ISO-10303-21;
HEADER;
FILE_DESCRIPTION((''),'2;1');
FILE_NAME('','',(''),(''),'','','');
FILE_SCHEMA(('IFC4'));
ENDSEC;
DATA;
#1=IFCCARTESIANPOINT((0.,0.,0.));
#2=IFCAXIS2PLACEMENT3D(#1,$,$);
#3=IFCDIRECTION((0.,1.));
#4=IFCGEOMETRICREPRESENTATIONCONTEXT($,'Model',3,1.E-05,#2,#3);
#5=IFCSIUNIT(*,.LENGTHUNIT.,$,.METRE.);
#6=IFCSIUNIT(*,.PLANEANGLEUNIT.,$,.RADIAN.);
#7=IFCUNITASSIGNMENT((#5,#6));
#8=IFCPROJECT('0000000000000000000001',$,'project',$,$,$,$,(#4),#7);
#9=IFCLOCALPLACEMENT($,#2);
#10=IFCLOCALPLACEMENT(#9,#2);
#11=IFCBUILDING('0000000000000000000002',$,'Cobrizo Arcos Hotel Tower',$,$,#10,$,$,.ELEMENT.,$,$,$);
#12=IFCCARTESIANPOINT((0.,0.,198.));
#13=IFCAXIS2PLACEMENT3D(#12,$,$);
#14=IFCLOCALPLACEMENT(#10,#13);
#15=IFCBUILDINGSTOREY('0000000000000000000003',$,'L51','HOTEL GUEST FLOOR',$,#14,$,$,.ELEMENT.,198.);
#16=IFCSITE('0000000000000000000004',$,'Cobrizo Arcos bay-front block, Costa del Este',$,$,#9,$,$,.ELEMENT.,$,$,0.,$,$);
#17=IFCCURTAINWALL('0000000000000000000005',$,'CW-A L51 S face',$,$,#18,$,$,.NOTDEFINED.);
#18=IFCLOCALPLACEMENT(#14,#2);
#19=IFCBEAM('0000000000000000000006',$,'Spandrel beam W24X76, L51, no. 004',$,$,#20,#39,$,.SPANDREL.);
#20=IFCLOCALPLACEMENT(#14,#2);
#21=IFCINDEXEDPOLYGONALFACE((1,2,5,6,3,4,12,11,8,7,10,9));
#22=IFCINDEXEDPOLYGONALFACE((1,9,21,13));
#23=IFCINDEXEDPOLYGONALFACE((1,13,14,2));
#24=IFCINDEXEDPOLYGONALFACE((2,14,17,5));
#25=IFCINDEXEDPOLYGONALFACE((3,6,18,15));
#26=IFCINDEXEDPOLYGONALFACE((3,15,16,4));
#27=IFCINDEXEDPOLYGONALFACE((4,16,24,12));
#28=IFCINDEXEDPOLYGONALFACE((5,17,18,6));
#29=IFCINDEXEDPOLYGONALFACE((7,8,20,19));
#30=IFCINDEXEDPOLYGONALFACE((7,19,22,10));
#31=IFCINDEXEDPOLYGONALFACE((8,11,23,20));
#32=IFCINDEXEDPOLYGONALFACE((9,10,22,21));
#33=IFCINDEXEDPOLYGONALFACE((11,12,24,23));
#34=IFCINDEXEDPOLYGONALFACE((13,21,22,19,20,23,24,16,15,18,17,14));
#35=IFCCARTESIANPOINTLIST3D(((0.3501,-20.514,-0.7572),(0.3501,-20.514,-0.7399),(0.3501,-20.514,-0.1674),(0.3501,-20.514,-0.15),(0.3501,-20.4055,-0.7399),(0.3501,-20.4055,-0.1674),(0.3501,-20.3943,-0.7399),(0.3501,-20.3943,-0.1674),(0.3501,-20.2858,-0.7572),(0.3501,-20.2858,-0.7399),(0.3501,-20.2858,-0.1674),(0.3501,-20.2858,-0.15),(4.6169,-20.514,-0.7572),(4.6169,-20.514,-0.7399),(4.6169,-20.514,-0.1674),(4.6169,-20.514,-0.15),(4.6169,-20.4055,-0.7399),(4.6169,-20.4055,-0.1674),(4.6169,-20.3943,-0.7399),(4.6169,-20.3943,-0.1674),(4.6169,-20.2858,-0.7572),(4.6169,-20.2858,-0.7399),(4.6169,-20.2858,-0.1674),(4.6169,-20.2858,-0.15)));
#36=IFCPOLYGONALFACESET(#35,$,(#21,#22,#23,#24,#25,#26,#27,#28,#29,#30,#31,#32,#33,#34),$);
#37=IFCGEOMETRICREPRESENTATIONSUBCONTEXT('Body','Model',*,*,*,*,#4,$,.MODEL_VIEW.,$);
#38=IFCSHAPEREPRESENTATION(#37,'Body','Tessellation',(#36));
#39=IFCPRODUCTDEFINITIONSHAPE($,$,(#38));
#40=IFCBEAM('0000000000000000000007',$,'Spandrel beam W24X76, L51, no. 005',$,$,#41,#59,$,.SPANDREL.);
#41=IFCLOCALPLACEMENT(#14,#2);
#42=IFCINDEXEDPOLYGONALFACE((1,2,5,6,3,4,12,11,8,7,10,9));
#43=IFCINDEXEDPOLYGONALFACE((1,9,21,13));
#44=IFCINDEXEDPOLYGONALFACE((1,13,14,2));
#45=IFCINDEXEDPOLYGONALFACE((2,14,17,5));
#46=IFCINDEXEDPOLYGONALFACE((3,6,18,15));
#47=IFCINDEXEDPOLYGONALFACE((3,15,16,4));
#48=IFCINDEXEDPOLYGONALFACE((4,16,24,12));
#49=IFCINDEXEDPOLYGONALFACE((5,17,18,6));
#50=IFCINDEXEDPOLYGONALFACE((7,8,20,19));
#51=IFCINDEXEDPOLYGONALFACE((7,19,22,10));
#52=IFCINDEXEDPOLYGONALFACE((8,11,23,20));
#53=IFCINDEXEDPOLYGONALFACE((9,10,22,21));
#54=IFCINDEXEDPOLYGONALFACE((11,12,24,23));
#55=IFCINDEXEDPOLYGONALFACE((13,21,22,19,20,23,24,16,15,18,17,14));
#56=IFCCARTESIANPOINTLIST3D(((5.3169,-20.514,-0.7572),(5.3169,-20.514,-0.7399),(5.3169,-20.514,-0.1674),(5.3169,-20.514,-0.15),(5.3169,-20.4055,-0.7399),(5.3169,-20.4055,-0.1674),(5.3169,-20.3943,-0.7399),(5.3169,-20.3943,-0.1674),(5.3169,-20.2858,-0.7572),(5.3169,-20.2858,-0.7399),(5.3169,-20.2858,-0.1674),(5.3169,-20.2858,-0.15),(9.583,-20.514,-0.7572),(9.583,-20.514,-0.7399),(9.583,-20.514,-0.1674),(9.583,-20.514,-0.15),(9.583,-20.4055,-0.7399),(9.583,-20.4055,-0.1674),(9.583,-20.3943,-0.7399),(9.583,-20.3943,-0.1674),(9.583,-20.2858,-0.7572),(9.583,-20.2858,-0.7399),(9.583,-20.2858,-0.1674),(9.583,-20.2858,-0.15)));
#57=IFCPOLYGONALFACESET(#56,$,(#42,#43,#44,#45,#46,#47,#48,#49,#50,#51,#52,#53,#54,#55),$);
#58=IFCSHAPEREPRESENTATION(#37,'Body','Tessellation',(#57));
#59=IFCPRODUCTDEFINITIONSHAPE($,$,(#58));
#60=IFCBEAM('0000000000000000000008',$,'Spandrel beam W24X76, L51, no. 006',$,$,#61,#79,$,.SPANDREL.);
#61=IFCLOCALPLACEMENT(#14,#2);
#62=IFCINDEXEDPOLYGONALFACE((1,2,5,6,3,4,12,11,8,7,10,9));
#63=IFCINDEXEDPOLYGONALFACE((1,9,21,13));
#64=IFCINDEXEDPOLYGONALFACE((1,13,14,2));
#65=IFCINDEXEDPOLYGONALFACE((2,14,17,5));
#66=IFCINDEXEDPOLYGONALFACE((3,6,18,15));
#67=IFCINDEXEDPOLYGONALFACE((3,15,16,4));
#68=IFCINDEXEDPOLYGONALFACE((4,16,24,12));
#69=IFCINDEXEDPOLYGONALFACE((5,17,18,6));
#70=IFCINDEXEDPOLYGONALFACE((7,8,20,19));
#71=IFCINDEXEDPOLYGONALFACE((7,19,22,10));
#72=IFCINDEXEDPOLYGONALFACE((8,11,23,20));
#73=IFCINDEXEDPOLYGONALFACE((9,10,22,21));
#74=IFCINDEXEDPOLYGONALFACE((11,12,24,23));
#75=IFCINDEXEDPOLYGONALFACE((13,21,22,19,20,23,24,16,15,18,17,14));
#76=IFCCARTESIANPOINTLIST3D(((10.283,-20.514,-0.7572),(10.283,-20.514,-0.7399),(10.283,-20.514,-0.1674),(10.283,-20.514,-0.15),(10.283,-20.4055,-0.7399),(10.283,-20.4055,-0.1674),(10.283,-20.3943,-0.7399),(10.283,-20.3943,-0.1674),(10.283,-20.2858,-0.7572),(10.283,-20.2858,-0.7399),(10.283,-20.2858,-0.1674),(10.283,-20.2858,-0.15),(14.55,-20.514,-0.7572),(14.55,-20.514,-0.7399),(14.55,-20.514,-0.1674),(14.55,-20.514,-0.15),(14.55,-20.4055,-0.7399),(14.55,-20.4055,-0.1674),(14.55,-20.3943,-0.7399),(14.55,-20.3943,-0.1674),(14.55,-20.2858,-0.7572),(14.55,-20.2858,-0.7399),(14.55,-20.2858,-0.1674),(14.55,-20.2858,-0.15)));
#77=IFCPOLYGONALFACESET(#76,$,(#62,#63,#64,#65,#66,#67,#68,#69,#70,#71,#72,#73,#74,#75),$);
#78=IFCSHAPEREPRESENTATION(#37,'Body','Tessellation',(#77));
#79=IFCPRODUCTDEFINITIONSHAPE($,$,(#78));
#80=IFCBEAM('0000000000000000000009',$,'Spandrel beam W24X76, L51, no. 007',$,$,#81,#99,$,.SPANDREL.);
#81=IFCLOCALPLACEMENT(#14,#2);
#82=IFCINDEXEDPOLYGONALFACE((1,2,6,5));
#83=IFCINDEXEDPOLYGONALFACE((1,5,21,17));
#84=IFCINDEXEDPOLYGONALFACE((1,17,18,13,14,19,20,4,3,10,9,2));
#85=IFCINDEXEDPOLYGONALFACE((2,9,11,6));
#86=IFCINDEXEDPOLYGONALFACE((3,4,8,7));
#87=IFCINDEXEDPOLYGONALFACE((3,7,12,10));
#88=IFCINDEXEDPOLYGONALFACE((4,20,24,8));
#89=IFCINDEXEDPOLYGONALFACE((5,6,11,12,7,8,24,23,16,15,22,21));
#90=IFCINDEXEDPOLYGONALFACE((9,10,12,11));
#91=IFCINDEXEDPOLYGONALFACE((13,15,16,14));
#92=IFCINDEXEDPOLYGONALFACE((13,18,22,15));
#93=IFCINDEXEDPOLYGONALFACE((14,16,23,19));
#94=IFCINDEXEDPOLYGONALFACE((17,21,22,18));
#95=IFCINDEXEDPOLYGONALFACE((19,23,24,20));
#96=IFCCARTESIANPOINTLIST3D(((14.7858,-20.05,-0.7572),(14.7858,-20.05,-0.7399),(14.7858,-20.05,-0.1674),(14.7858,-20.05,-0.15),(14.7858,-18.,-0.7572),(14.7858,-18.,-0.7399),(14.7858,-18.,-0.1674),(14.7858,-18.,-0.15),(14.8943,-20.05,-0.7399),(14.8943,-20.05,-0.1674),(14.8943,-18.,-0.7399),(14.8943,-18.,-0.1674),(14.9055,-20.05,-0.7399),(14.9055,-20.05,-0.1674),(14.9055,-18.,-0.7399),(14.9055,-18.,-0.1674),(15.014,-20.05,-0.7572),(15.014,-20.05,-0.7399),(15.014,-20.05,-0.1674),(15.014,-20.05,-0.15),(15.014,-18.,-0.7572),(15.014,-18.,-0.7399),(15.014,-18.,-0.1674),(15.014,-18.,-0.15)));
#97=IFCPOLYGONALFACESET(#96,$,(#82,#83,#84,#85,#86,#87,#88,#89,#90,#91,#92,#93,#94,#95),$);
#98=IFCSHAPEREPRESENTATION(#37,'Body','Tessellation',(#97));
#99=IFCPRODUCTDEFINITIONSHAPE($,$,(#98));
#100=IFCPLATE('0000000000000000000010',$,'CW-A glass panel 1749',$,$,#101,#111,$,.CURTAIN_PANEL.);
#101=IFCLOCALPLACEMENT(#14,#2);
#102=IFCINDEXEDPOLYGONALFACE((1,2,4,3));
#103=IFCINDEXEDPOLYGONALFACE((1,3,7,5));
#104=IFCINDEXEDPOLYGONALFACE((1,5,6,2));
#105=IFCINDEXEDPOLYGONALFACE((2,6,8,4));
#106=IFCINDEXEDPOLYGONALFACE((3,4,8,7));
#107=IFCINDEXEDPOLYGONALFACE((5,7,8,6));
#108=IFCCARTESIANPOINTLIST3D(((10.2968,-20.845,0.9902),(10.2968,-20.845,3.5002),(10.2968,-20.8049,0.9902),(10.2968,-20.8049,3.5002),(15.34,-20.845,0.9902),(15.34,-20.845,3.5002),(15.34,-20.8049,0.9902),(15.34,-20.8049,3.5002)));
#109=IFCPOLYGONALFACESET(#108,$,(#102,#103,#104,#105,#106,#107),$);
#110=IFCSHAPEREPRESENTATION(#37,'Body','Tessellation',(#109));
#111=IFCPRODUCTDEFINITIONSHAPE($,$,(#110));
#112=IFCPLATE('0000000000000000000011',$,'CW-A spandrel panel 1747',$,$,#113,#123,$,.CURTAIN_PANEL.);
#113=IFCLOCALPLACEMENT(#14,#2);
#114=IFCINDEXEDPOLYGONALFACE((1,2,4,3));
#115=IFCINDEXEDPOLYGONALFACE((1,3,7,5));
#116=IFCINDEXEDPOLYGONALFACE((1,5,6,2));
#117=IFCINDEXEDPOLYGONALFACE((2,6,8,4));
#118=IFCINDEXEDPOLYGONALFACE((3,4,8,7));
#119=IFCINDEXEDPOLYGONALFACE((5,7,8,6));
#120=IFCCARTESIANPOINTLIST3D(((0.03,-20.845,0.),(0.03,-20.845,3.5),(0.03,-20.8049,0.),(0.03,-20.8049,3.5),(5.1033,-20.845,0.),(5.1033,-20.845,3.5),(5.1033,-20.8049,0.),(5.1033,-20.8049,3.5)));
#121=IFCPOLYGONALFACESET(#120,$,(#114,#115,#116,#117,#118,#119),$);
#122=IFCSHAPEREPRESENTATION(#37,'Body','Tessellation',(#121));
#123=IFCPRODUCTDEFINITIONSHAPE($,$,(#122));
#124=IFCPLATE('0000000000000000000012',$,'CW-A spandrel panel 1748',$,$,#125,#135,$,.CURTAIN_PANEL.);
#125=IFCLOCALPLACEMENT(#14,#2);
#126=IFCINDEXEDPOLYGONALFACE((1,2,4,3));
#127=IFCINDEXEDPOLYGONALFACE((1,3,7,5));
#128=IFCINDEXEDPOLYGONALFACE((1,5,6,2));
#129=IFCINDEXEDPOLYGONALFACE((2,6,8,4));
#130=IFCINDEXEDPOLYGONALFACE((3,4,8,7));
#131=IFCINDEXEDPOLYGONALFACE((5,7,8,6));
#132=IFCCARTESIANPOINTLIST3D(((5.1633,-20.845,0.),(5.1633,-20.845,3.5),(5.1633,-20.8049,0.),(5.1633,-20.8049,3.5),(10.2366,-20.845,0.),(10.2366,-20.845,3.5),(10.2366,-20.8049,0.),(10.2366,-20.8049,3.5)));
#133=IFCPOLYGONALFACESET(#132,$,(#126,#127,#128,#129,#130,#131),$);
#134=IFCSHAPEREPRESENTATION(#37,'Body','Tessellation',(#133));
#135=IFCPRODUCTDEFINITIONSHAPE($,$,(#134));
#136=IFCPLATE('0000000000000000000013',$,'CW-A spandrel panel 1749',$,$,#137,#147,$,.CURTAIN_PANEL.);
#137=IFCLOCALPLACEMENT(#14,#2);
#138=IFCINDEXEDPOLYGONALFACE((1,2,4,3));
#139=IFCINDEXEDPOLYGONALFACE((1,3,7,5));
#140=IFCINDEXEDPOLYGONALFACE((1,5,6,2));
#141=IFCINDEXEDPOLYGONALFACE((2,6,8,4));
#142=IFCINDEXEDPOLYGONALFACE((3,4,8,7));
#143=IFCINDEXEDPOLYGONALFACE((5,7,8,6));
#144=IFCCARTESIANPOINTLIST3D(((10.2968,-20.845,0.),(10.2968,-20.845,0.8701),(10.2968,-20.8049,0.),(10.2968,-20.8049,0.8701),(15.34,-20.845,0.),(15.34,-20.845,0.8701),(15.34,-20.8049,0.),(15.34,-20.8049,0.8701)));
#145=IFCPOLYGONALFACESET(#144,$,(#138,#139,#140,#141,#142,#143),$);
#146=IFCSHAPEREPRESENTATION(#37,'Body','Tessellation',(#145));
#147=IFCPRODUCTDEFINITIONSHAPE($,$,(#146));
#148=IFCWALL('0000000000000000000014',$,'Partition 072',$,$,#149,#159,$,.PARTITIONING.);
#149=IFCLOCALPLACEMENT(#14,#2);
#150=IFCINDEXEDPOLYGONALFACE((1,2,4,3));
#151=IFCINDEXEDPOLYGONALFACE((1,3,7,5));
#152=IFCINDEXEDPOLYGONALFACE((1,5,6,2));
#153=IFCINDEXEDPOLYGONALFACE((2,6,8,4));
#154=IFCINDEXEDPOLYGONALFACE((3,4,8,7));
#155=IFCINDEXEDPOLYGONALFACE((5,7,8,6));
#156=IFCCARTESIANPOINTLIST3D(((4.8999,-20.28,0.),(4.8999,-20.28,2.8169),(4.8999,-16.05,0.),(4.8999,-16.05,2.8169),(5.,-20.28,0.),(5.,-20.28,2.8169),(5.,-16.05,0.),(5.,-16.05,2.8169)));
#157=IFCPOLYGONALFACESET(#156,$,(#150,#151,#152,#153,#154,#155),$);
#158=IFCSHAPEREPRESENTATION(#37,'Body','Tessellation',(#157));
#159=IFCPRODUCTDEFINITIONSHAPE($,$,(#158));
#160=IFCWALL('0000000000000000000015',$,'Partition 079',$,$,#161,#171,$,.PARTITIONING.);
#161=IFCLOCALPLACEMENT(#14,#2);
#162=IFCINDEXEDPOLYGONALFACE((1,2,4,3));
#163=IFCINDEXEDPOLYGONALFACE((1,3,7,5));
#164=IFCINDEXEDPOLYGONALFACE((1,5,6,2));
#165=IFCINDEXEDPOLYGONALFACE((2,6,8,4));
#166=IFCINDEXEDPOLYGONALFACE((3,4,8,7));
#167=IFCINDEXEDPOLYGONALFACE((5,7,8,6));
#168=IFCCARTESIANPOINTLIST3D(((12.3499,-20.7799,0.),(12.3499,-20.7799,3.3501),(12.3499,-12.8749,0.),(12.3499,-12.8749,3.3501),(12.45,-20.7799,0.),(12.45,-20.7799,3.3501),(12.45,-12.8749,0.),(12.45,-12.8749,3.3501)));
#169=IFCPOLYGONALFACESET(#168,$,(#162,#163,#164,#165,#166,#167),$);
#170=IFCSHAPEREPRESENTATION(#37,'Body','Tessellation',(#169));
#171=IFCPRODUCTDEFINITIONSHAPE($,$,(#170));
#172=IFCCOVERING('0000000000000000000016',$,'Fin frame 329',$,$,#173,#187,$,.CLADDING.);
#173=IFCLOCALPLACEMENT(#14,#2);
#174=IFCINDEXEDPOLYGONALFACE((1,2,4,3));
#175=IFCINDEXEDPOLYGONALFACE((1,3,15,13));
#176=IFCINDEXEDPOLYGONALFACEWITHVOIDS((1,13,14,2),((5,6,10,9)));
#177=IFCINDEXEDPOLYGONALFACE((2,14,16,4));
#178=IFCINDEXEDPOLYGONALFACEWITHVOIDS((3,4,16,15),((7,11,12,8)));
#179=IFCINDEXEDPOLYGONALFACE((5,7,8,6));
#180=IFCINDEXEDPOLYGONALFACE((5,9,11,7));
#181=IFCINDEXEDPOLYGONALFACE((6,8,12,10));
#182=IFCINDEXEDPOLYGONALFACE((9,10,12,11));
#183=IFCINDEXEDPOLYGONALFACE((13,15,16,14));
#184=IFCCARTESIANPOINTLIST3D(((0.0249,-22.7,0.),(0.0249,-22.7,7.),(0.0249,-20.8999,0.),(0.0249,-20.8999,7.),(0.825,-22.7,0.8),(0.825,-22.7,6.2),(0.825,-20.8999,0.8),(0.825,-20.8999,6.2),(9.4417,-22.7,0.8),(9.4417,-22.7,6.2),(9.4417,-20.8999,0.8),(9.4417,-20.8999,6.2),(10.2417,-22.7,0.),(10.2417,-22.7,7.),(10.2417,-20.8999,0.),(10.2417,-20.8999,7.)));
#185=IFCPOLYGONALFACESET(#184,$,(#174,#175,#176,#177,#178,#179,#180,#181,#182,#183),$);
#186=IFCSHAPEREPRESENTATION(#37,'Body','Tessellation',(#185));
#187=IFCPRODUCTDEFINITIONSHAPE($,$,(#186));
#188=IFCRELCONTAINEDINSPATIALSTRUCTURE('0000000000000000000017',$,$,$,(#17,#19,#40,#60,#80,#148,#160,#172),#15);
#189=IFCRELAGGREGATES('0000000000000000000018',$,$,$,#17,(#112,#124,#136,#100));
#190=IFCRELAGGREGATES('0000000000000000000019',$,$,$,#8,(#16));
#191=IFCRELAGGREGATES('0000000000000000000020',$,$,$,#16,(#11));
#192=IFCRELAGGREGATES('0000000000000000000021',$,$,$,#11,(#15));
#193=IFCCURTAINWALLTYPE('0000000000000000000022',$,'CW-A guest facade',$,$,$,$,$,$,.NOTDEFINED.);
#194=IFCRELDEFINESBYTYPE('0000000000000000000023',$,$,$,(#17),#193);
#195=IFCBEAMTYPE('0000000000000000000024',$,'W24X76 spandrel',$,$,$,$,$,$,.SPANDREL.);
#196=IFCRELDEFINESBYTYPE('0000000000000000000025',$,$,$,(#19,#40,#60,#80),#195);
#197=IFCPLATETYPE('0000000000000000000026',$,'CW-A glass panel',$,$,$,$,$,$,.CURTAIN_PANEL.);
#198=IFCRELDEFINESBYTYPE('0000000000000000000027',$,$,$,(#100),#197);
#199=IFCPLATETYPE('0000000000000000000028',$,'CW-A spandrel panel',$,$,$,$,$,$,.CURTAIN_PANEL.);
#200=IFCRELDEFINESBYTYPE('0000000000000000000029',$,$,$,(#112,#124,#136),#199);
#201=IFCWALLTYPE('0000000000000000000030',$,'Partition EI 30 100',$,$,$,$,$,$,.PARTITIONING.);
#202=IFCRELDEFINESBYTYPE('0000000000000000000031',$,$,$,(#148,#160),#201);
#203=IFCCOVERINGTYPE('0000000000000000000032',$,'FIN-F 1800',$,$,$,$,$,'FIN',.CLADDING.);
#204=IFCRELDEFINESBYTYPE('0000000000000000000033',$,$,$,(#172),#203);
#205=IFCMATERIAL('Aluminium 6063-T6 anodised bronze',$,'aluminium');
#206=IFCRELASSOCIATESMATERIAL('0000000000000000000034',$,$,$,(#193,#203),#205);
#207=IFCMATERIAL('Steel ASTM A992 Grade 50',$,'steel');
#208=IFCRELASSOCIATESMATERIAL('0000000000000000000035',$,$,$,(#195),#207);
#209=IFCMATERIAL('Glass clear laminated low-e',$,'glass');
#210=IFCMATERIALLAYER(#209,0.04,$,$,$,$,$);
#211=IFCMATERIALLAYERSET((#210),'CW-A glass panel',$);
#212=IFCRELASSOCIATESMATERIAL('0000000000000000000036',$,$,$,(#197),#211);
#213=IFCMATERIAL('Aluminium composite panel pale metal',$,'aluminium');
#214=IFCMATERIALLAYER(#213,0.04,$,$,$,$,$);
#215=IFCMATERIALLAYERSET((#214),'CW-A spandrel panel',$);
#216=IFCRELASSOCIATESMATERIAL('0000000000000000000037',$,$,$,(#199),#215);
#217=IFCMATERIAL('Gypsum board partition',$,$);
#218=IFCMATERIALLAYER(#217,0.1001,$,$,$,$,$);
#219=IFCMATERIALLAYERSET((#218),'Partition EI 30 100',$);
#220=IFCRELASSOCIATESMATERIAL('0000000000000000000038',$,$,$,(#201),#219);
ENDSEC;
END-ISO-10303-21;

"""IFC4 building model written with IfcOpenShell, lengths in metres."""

from ifc_helpers import new_model, si_unit, direction, frame, frame_2d, origin, origin_2d, place, context, subcontext, project, spatial, polyline, rectangle, i_section, outline, extrude, material, layer, layer_set, material_profile, profile_set, type_object, element, aggregate, save


model = new_model("IFC4")

# Units and contexts
model_context = context("Model", 3, precision=1e-05, world=origin(), true_north=direction((0.0, 1.0)))
body_context = subcontext(model_context, "Body", "Model", "MODEL_VIEW")
ifc_project = project(units=[si_unit("LENGTHUNIT", "METRE"), si_unit("PLANEANGLEUNIT", "RADIAN")], contexts=[model_context])

# Site, building, storey
site_placement = place(None, origin())
site = spatial("IfcSite", under=ifc_project, at=site_placement, Name="Cobrizo Arcos bay-front block, Costa del Este", CompositionType="ELEMENT", RefElevation=0.0)
building_placement = place(site_placement, origin())
building = spatial("IfcBuilding", under=site, at=building_placement, Name="Cobrizo Arcos Hotel Tower", CompositionType="ELEMENT")
storey_placement = place(building_placement, frame((0.0, 0.0, 198.0)))
storey = spatial("IfcBuildingStorey", under=building, at=storey_placement, Name="L51", Description="HOTEL GUEST FLOOR", CompositionType="ELEMENT", Elevation=198.0)

# Curtain wall
ifc_material_1 = material(Name="Aluminium 6063-T6 anodised bronze", Category="aluminium")
curtain_wall_type = type_object("IfcCurtainWallType", Name="CW-A guest facade", PredefinedType="NOTDEFINED", material=ifc_material_1)
curtain_wall_placement = place(storey_placement, origin())
curtain_wall = element("IfcCurtainWall", 1, at=curtain_wall_placement, inside=storey, type_object=curtain_wall_type, Name="CW-A L51 S face", PredefinedType="NOTDEFINED")

# Beams
ifc_material_2 = material(Name="Steel ASTM A992 Grade 50", Category="steel")
ifc_material_profile_1 = material_profile(ifc_material_2, i_section(OverallWidth=0.2283, OverallDepth=0.6072, WebThickness=0.0112, FlangeThickness=0.0173, at=origin_2d()), Name="W24X76")
ifc_profile_set_1 = profile_set([ifc_material_profile_1], Name="Steel ASTM A992 Grade 50")
beam_type_1 = type_object("IfcBeamType", Name="W24X76 spandrel", PredefinedType="SPANDREL", material=ifc_profile_set_1)
beam_1_placement = place(storey_placement, frame((0.3501, -20.3999, -0.4536), z_axis=(1.0, 0.0, 0.0), x_axis=(0.0, 1.0, 0.0)))
element("IfcBeam", 2, at=beam_1_placement, inside=storey, type_object=beam_type_1, Name="Spandrel beam W24X76, L51, no. 004", PredefinedType="SPANDREL", context=body_context, shape_type="SweptSolid", body=[
    extrude(i_section(OverallWidth=0.2283, OverallDepth=0.6072, WebThickness=0.0112, FlangeThickness=0.0173, at=origin_2d()), origin(), (0.0, 0.0, 1.0), 4.2668),
])
beam_2_placement = place(storey_placement, frame((5.3169, -20.3999, -0.4536), z_axis=(1.0, 0.0, 0.0), x_axis=(0.0, 1.0, 0.0)))
element("IfcBeam", 3, at=beam_2_placement, inside=storey, type_object=beam_type_1, Name="Spandrel beam W24X76, L51, no. 005", PredefinedType="SPANDREL", context=body_context, shape_type="SweptSolid", body=[
    extrude(i_section(OverallWidth=0.2283, OverallDepth=0.6072, WebThickness=0.0112, FlangeThickness=0.0173, at=origin_2d()), origin(), (0.0, 0.0, 1.0), 4.2661),
])
beam_3_placement = place(storey_placement, frame((10.283, -20.3999, -0.4536), z_axis=(1.0, 0.0, 0.0), x_axis=(0.0, 1.0, 0.0)))
element("IfcBeam", 4, at=beam_3_placement, inside=storey, type_object=beam_type_1, Name="Spandrel beam W24X76, L51, no. 006", PredefinedType="SPANDREL", context=body_context, shape_type="SweptSolid", body=[
    extrude(i_section(OverallWidth=0.2283, OverallDepth=0.6072, WebThickness=0.0112, FlangeThickness=0.0173, at=origin_2d()), origin(), (0.0, 0.0, 1.0), 4.2671),
])
beam_4_placement = place(storey_placement, frame((14.8999, -20.05, -0.4536), z_axis=(0.0, 1.0, 0.0), x_axis=(-1.0, 0.0, 0.0)))
element("IfcBeam", 5, at=beam_4_placement, inside=storey, type_object=beam_type_1, Name="Spandrel beam W24X76, L51, no. 007", PredefinedType="SPANDREL", context=body_context, shape_type="SweptSolid", body=[
    extrude(i_section(OverallWidth=0.2283, OverallDepth=0.6072, WebThickness=0.0112, FlangeThickness=0.0173, at=origin_2d()), origin(), (0.0, 0.0, 1.0), 2.05),
])

# Plates
ifc_material_3 = material(Name="Glass clear laminated low-e", Category="glass")
ifc_layer_1 = layer(ifc_material_3, 0.04)
ifc_layer_set_1 = layer_set([ifc_layer_1], Name="CW-A glass panel")
plate_type_1 = type_object("IfcPlateType", Name="CW-A glass panel", PredefinedType="CURTAIN_PANEL", material=ifc_layer_set_1)
plate_1_placement = place(storey_placement, frame((12.8184, -20.825, 0.9902), z_axis=(0.0, 0.0, 1.0), x_axis=(1.0, 0.0, 0.0)))
plate_1 = element("IfcPlate", 6, at=plate_1_placement, type_object=plate_type_1, Name="CW-A glass panel 1749", PredefinedType="CURTAIN_PANEL", context=body_context, shape_type="SweptSolid", body=[
    extrude(rectangle(XDim=5.0432, YDim=0.04, at=origin_2d()), origin(), (0.0, 0.0, 1.0), 2.51),
])
ifc_material_4 = material(Name="Aluminium composite panel pale metal", Category="aluminium")
ifc_layer_2 = layer(ifc_material_4, 0.04)
ifc_layer_set_2 = layer_set([ifc_layer_2], Name="CW-A spandrel panel")
plate_type_2 = type_object("IfcPlateType", Name="CW-A spandrel panel", PredefinedType="CURTAIN_PANEL", material=ifc_layer_set_2)
plate_2_placement = place(storey_placement, frame((2.5667, -20.825, 0.0), z_axis=(0.0, 0.0, 1.0), x_axis=(1.0, 0.0, 0.0)))
plate_2 = element("IfcPlate", 7, at=plate_2_placement, type_object=plate_type_2, Name="CW-A spandrel panel 1747", PredefinedType="CURTAIN_PANEL", context=body_context, shape_type="SweptSolid", body=[
    extrude(rectangle(XDim=5.0732, YDim=0.04, at=origin_2d()), origin(), (0.0, 0.0, 1.0), 3.5),
])
plate_3_placement = place(storey_placement, frame((7.7, -20.825, 0.0), z_axis=(0.0, 0.0, 1.0), x_axis=(1.0, 0.0, 0.0)))
plate_3 = element("IfcPlate", 8, at=plate_3_placement, type_object=plate_type_2, Name="CW-A spandrel panel 1748", PredefinedType="CURTAIN_PANEL", context=body_context, shape_type="SweptSolid", body=[
    extrude(rectangle(XDim=5.0732, YDim=0.04, at=origin_2d()), origin(), (0.0, 0.0, 1.0), 3.5),
])
plate_4_placement = place(storey_placement, frame((12.8184, -20.825, 0.0), z_axis=(0.0, 0.0, 1.0), x_axis=(1.0, 0.0, 0.0)))
plate_4 = element("IfcPlate", 9, at=plate_4_placement, type_object=plate_type_2, Name="CW-A spandrel panel 1749", PredefinedType="CURTAIN_PANEL", context=body_context, shape_type="SweptSolid", body=[
    extrude(rectangle(XDim=5.0432, YDim=0.04, at=origin_2d()), origin(), (0.0, 0.0, 1.0), 0.8701),
])
aggregate(curtain_wall, [plate_2, plate_3, plate_4, plate_1])

# Walls
ifc_material_5 = material(Name="Gypsum board partition")
ifc_layer_3 = layer(ifc_material_5, 0.1001)
ifc_layer_set_3 = layer_set([ifc_layer_3], Name="Partition EI 30 100")
wall_type = type_object("IfcWallType", Name="Partition EI 30 100", PredefinedType="PARTITIONING", material=ifc_layer_set_3)
wall_1_placement = place(storey_placement, frame((4.95, -20.28, 0.0), z_axis=(0.0, 0.0, 1.0), x_axis=(0.0, 1.0, 0.0)))
element("IfcWall", 10, at=wall_1_placement, inside=storey, type_object=wall_type, Name="Partition 072", PredefinedType="PARTITIONING", context=body_context, shape_type="SweptSolid", body=[
    extrude(rectangle(XDim=4.23, YDim=0.1001, at=frame_2d((2.115, 0.0))), origin(), (0.0, 0.0, 1.0), 2.8169),
])
wall_2_placement = place(storey_placement, frame((12.3999, -20.78, 0.0), z_axis=(0.0, 0.0, 1.0), x_axis=(0.0, 1.0, 0.0)))
element("IfcWall", 11, at=wall_2_placement, inside=storey, type_object=wall_type, Name="Partition 079", PredefinedType="PARTITIONING", context=body_context, shape_type="SweptSolid", body=[
    extrude(rectangle(XDim=7.905, YDim=0.1001, at=frame_2d((3.9526, 0.0))), origin(), (0.0, 0.0, 1.0), 3.3501),
])

# Covering
covering_type_1 = type_object("IfcCoveringType", Name="FIN-F 1800", ElementType="FIN", PredefinedType="CLADDING", material=ifc_material_1)
covering_1_placement = place(storey_placement, frame((0.0249, -20.8999, 0.0), z_axis=(0.0, -1.0, 0.0), x_axis=(1.0, 0.0, 0.0)))
element("IfcCovering", 12, at=covering_1_placement, inside=storey, type_object=covering_type_1, Name="Fin frame 329", PredefinedType="CLADDING", context=body_context, shape_type="SweptSolid", body=[
    extrude(outline(polyline([(0.0, 7.0), (0.0, 0.0), (10.2168, 0.0), (10.2168, 7.0), (0.0, 7.0)]), holes=[polyline([(9.4167, 0.8), (0.8, 0.8), (0.8, 6.2), (9.4167, 6.2), (9.4167, 0.8)])]), origin(), (0.0, 0.0, 1.0), 1.8),
])

save(model, "model.ifc")
